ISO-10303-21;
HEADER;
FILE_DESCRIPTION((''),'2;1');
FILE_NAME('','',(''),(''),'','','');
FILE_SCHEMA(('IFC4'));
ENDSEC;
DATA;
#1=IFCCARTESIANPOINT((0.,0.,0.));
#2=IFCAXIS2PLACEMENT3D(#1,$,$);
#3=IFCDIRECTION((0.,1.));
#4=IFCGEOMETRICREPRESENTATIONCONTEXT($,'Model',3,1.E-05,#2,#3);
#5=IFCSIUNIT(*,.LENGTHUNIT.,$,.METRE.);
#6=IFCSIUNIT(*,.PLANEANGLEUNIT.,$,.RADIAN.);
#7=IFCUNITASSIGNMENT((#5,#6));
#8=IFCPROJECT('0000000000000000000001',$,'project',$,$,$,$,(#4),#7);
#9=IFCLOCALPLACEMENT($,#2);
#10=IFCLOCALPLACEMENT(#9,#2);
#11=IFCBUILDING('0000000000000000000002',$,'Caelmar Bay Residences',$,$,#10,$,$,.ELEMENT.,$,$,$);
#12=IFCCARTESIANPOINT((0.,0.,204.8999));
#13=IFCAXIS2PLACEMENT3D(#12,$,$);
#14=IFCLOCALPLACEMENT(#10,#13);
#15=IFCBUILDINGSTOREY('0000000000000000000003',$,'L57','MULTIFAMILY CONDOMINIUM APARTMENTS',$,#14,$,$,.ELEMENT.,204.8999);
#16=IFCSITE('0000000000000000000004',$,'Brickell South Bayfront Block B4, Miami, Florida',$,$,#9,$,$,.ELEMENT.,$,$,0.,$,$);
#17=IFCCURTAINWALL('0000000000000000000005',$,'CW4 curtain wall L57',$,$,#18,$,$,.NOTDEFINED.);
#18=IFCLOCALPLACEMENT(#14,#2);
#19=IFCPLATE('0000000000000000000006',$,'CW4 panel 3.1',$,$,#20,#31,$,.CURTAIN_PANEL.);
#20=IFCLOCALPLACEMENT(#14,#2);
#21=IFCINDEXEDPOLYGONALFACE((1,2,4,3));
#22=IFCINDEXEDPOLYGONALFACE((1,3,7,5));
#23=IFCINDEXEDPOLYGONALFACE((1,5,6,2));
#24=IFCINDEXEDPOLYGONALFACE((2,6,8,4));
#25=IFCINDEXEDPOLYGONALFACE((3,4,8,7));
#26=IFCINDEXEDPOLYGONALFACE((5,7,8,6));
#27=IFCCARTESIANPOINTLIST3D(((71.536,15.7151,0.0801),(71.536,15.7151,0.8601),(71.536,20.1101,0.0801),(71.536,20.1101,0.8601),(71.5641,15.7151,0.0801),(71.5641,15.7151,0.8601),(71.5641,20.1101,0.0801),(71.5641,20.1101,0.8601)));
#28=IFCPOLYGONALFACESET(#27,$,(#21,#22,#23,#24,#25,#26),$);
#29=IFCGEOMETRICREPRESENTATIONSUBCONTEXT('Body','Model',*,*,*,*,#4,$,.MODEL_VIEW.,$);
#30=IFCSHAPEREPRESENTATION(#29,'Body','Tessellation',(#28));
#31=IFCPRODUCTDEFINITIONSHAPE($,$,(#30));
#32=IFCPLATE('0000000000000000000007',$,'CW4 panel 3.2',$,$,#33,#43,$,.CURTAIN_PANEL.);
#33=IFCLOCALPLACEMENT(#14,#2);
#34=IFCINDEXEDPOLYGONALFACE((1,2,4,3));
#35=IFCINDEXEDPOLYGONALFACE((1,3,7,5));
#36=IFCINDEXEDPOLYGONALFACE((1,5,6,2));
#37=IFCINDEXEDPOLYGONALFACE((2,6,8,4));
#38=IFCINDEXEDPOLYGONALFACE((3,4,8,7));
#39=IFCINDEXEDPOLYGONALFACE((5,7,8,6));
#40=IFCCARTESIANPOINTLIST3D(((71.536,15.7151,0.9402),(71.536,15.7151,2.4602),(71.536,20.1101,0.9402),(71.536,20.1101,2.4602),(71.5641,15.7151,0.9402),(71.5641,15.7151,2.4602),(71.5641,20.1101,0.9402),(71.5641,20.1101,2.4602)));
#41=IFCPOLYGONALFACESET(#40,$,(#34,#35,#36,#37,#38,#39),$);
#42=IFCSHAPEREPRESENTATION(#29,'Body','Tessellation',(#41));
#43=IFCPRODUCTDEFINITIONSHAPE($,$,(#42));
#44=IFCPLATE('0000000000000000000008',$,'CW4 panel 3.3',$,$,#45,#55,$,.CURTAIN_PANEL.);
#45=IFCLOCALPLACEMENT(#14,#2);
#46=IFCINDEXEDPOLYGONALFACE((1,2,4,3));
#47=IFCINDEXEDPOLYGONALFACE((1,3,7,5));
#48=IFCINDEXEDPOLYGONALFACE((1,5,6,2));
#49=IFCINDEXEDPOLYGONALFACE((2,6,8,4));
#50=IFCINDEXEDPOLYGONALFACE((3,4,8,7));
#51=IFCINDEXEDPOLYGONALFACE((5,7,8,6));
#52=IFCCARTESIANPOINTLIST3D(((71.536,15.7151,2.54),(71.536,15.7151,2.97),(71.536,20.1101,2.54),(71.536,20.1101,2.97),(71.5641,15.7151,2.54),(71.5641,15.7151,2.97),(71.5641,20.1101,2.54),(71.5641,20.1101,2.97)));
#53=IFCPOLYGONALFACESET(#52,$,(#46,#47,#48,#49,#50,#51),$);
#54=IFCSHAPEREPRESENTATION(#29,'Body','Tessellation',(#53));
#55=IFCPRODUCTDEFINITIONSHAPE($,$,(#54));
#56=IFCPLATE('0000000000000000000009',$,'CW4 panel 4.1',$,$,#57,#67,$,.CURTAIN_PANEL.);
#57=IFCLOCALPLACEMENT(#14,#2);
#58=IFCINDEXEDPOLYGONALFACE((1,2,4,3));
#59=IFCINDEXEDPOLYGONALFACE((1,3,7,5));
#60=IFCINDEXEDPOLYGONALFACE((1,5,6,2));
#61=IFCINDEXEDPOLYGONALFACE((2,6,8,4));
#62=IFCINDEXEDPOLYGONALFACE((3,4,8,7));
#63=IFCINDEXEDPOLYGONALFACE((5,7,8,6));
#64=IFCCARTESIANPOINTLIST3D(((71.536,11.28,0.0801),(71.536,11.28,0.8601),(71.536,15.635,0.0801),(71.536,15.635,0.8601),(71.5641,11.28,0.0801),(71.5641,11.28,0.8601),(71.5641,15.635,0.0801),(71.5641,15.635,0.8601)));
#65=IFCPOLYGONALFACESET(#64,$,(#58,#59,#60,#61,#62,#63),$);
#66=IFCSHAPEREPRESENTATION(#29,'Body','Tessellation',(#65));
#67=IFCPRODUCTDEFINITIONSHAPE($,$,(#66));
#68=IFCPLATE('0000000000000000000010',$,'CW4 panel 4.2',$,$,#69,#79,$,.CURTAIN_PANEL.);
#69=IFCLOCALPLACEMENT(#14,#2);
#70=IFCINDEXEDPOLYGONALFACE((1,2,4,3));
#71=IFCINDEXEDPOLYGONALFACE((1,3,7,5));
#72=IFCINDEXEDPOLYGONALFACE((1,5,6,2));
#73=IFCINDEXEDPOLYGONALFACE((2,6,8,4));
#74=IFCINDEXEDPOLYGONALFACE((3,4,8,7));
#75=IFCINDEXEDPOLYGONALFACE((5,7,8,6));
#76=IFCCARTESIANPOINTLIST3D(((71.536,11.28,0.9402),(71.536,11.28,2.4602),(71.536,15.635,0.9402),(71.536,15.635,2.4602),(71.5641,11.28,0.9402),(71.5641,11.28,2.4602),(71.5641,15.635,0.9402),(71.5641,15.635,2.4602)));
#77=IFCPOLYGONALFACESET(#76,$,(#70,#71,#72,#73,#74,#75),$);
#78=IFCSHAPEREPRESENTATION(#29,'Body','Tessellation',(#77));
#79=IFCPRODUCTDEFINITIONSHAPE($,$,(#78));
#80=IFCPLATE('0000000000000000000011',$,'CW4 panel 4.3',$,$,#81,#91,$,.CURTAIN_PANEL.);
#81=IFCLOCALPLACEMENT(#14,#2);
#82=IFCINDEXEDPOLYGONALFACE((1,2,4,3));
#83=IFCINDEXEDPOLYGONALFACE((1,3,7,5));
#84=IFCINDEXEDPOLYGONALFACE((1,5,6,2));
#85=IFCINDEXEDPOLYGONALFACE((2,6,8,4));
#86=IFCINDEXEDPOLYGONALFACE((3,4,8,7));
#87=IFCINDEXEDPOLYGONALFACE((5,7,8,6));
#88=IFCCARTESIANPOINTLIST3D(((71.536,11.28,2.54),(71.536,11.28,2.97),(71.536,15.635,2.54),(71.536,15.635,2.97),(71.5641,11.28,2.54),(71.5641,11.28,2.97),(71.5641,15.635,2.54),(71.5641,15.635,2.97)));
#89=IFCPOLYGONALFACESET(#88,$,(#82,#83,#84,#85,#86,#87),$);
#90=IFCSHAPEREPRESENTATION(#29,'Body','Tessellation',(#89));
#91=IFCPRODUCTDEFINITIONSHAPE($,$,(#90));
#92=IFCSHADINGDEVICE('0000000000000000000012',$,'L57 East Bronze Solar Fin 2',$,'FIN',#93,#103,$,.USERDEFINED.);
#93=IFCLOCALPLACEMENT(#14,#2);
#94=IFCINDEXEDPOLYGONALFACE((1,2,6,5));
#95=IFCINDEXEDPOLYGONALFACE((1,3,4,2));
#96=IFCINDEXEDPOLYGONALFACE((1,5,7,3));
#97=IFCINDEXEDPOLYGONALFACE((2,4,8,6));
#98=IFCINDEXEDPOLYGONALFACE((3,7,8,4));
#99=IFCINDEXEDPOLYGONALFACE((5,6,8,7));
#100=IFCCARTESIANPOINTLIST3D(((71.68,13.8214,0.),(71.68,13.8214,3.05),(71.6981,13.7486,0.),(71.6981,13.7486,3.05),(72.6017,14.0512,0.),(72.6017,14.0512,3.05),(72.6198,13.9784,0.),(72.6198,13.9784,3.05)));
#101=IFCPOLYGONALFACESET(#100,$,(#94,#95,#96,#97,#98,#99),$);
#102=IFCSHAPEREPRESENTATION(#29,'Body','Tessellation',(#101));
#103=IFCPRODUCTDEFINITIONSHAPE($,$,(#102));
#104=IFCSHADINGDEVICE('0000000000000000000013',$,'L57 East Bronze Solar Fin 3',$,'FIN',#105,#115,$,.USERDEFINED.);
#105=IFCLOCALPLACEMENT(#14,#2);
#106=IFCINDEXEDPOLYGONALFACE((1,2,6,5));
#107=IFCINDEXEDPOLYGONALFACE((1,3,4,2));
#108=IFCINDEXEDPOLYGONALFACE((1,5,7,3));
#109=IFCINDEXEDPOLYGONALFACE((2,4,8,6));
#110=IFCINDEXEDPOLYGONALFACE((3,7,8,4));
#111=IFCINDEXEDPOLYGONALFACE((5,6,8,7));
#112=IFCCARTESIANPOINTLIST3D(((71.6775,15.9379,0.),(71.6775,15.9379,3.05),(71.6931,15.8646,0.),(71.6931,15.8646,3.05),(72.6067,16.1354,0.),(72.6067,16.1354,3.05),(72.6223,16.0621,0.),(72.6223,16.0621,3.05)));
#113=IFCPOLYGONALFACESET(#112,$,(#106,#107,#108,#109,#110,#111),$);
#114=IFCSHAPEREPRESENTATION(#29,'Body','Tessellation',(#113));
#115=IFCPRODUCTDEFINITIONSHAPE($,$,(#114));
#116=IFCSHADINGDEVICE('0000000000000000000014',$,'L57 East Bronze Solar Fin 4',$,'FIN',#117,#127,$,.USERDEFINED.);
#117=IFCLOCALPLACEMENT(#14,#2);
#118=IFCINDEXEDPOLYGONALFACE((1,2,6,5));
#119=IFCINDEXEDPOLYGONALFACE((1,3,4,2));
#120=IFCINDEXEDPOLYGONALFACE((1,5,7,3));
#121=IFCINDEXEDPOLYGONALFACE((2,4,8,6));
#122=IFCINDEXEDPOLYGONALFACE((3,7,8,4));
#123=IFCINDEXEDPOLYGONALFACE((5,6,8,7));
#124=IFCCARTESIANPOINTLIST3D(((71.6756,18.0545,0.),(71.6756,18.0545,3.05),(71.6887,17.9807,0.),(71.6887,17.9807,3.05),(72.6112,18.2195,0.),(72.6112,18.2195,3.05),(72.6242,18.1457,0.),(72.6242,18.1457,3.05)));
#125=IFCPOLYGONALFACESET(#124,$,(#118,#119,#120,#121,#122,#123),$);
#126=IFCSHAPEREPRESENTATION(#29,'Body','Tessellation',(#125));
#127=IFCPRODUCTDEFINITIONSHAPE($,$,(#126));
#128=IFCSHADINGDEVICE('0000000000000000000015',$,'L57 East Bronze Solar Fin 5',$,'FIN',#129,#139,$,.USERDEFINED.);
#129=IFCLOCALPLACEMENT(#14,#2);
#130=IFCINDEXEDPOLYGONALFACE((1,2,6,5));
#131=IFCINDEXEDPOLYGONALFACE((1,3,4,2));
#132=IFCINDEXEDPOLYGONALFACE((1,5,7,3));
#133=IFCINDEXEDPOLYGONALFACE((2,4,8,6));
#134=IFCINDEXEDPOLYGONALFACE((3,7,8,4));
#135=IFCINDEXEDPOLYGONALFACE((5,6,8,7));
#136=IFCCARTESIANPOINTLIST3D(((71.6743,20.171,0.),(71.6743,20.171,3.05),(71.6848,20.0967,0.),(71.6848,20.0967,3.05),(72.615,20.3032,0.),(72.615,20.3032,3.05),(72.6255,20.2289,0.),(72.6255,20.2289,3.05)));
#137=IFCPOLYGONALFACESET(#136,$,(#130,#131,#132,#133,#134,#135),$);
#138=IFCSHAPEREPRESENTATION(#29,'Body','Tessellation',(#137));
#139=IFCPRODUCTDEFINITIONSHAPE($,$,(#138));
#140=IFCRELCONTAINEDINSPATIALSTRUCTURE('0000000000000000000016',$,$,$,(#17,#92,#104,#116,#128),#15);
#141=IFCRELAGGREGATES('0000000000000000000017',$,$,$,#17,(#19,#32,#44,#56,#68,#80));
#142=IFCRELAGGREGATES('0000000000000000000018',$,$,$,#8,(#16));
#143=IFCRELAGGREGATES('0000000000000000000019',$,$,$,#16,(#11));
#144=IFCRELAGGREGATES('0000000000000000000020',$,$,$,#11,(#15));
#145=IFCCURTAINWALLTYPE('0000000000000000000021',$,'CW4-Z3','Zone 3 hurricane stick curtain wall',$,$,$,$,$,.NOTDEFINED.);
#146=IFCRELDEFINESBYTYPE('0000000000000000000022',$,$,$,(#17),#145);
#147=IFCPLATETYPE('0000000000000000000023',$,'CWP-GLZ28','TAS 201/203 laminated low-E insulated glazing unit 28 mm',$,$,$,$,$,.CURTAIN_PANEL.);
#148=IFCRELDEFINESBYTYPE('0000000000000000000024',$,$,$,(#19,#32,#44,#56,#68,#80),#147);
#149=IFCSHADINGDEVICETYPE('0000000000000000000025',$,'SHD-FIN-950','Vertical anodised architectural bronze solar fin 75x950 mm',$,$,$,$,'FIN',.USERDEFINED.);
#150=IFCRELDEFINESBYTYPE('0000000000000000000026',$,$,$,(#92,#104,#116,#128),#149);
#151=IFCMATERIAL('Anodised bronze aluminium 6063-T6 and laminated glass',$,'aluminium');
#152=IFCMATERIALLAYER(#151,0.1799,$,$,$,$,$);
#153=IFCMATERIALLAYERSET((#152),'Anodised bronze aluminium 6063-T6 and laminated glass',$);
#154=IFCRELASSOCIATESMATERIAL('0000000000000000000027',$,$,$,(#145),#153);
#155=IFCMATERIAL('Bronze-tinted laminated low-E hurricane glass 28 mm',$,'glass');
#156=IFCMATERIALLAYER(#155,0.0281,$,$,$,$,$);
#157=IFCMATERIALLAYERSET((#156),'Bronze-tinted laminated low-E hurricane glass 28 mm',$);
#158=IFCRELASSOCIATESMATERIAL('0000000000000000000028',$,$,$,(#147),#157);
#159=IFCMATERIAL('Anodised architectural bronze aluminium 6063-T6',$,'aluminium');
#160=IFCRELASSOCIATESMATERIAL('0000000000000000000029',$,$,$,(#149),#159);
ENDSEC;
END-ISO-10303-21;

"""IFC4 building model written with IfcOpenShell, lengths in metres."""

from ifc_helpers import new_model, si_unit, direction, frame, origin, origin_2d, place, context, subcontext, project, spatial, rectangle, extrude, material, layer, layer_set, material_profile, profile_set, type_object, element, aggregate, save


model = new_model("IFC4")

# Units and contexts
model_context = context("Model", 3, precision=1e-05, world=origin(), true_north=direction((0.0, 1.0)))
body_context = subcontext(model_context, "Body", "Model", "MODEL_VIEW")
ifc_project = project(units=[si_unit("LENGTHUNIT", "METRE"), si_unit("PLANEANGLEUNIT", "RADIAN")], contexts=[model_context])

# Site, building, storey
site_placement = place(None, origin())
site = spatial("IfcSite", under=ifc_project, at=site_placement, Name="Brickell South Bayfront Block B4, Miami, Florida", CompositionType="ELEMENT", RefElevation=0.0)
building_placement = place(site_placement, origin())
building = spatial("IfcBuilding", under=site, at=building_placement, Name="Caelmar Bay Residences", CompositionType="ELEMENT")
storey_placement = place(building_placement, frame((0.0, 0.0, 204.8999)))
storey = spatial("IfcBuildingStorey", under=building, at=storey_placement, Name="L57", Description="MULTIFAMILY CONDOMINIUM APARTMENTS", CompositionType="ELEMENT", Elevation=204.8999)

# Curtain wall, plates
ifc_material_1 = material(Name="Anodised bronze aluminium 6063-T6 and laminated glass", Category="aluminium")
ifc_layer_1 = layer(ifc_material_1, 0.1799)
ifc_layer_set_1 = layer_set([ifc_layer_1], Name="Anodised bronze aluminium 6063-T6 and laminated glass")
curtain_wall_type = type_object("IfcCurtainWallType", Name="CW4-Z3", Description="Zone 3 hurricane stick curtain wall", PredefinedType="NOTDEFINED", material=ifc_layer_set_1)
curtain_wall_placement = place(storey_placement, origin())
curtain_wall = element("IfcCurtainWall", 1, at=curtain_wall_placement, inside=storey, type_object=curtain_wall_type, Name="CW4 curtain wall L57", PredefinedType="NOTDEFINED")
ifc_material_2 = material(Name="Bronze-tinted laminated low-E hurricane glass 28 mm", Category="glass")
ifc_layer_2 = layer(ifc_material_2, 0.0281)
ifc_layer_set_2 = layer_set([ifc_layer_2], Name="Bronze-tinted laminated low-E hurricane glass 28 mm")
plate_type = type_object("IfcPlateType", Name="CWP-GLZ28", Description="TAS 201/203 laminated low-E insulated glazing unit 28 mm", PredefinedType="CURTAIN_PANEL", material=ifc_layer_set_2)
plate_1_placement = place(storey_placement, frame((71.55, 17.9126, 0.0801), z_axis=(0.0, 0.0, 1.0), x_axis=(0.0, -1.0, 0.0)))
plate_1 = element("IfcPlate", 2, at=plate_1_placement, type_object=plate_type, Name="CW4 panel 3.1", PredefinedType="CURTAIN_PANEL", context=body_context, shape_type="SweptSolid", body=[
    extrude(rectangle(XDim=4.395, YDim=0.0281, at=origin_2d()), origin(), (0.0, 0.0, 1.0), 0.78),
])
plate_2_placement = place(storey_placement, frame((71.55, 17.9126, 0.9402), z_axis=(0.0, 0.0, 1.0), x_axis=(0.0, -1.0, 0.0)))
plate_2 = element("IfcPlate", 3, at=plate_2_placement, type_object=plate_type, Name="CW4 panel 3.2", PredefinedType="CURTAIN_PANEL", context=body_context, shape_type="SweptSolid", body=[
    extrude(rectangle(XDim=4.395, YDim=0.0281, at=origin_2d()), origin(), (0.0, 0.0, 1.0), 1.52),
])
plate_3_placement = place(storey_placement, frame((71.55, 17.9126, 2.54), z_axis=(0.0, 0.0, 1.0), x_axis=(0.0, -1.0, 0.0)))
plate_3 = element("IfcPlate", 4, at=plate_3_placement, type_object=plate_type, Name="CW4 panel 3.3", PredefinedType="CURTAIN_PANEL", context=body_context, shape_type="SweptSolid", body=[
    extrude(rectangle(XDim=4.395, YDim=0.0281, at=origin_2d()), origin(), (0.0, 0.0, 1.0), 0.4299),
])
plate_4_placement = place(storey_placement, frame((71.55, 13.4575, 0.0801), z_axis=(0.0, 0.0, 1.0), x_axis=(0.0, -1.0, 0.0)))
plate_4 = element("IfcPlate", 5, at=plate_4_placement, type_object=plate_type, Name="CW4 panel 4.1", PredefinedType="CURTAIN_PANEL", context=body_context, shape_type="SweptSolid", body=[
    extrude(rectangle(XDim=4.355, YDim=0.0281, at=origin_2d()), origin(), (0.0, 0.0, 1.0), 0.78),
])
plate_5_placement = place(storey_placement, frame((71.55, 13.4575, 0.9402), z_axis=(0.0, 0.0, 1.0), x_axis=(0.0, -1.0, 0.0)))
plate_5 = element("IfcPlate", 6, at=plate_5_placement, type_object=plate_type, Name="CW4 panel 4.2", PredefinedType="CURTAIN_PANEL", context=body_context, shape_type="SweptSolid", body=[
    extrude(rectangle(XDim=4.355, YDim=0.0281, at=origin_2d()), origin(), (0.0, 0.0, 1.0), 1.52),
])
plate_6_placement = place(storey_placement, frame((71.55, 13.4575, 2.54), z_axis=(0.0, 0.0, 1.0), x_axis=(0.0, -1.0, 0.0)))
plate_6 = element("IfcPlate", 7, at=plate_6_placement, type_object=plate_type, Name="CW4 panel 4.3", PredefinedType="CURTAIN_PANEL", context=body_context, shape_type="SweptSolid", body=[
    extrude(rectangle(XDim=4.355, YDim=0.0281, at=origin_2d()), origin(), (0.0, 0.0, 1.0), 0.4299),
])
aggregate(curtain_wall, [plate_1, plate_2, plate_3, plate_4, plate_5, plate_6])

# Shading devices
ifc_material_3 = material(Name="Anodised architectural bronze aluminium 6063-T6", Category="aluminium")
ifc_material_profile_1 = material_profile(ifc_material_3, rectangle(XDim=0.075, YDim=0.95, at=origin_2d()), Name="BRONZE-FIN-75X950")
ifc_profile_set_1 = profile_set([ifc_material_profile_1], Name="Anodised architectural bronze aluminium 6063-T6")
shading_device_type = type_object("IfcShadingDeviceType", Name="SHD-FIN-950", Description="Vertical anodised architectural bronze solar fin 75x950 mm", ElementType="FIN", PredefinedType="USERDEFINED", material=ifc_profile_set_1)
for number, where, z_axis, x_axis, name in (
    (8, (72.1499, 13.8999, 0.0), (0.0, 0.0, 1.0), (-0.241922, 0.970296, 0.0), "L57 East Bronze Solar Fin 2"),
    (9, (72.1499, 16.0, 0.0), (0.0, 0.0, 1.0), (-0.207912, 0.978148, 0.0), "L57 East Bronze Solar Fin 3"),
    (10, (72.1499, 18.1001, 0.0), (0.0, 0.0, 1.0), (-0.173648, 0.984808, 0.0), "L57 East Bronze Solar Fin 4"),
    (11, (72.1499, 20.2, 0.0), (0.0, 0.0, 1.0), (-0.139173, 0.990268, 0.0), "L57 East Bronze Solar Fin 5"),
):
    element("IfcShadingDevice", number, at=place(storey_placement, frame(where, z_axis=z_axis, x_axis=x_axis)), inside=storey, type_object=shading_device_type, Name=name, ObjectType="FIN", PredefinedType="USERDEFINED", context=body_context, shape_type="SweptSolid", body=[
        extrude(rectangle(XDim=0.075, YDim=0.95, at=origin_2d()), origin(), (0.0, 0.0, 1.0), 3.05),
    ])

save(model, "model.ifc")
